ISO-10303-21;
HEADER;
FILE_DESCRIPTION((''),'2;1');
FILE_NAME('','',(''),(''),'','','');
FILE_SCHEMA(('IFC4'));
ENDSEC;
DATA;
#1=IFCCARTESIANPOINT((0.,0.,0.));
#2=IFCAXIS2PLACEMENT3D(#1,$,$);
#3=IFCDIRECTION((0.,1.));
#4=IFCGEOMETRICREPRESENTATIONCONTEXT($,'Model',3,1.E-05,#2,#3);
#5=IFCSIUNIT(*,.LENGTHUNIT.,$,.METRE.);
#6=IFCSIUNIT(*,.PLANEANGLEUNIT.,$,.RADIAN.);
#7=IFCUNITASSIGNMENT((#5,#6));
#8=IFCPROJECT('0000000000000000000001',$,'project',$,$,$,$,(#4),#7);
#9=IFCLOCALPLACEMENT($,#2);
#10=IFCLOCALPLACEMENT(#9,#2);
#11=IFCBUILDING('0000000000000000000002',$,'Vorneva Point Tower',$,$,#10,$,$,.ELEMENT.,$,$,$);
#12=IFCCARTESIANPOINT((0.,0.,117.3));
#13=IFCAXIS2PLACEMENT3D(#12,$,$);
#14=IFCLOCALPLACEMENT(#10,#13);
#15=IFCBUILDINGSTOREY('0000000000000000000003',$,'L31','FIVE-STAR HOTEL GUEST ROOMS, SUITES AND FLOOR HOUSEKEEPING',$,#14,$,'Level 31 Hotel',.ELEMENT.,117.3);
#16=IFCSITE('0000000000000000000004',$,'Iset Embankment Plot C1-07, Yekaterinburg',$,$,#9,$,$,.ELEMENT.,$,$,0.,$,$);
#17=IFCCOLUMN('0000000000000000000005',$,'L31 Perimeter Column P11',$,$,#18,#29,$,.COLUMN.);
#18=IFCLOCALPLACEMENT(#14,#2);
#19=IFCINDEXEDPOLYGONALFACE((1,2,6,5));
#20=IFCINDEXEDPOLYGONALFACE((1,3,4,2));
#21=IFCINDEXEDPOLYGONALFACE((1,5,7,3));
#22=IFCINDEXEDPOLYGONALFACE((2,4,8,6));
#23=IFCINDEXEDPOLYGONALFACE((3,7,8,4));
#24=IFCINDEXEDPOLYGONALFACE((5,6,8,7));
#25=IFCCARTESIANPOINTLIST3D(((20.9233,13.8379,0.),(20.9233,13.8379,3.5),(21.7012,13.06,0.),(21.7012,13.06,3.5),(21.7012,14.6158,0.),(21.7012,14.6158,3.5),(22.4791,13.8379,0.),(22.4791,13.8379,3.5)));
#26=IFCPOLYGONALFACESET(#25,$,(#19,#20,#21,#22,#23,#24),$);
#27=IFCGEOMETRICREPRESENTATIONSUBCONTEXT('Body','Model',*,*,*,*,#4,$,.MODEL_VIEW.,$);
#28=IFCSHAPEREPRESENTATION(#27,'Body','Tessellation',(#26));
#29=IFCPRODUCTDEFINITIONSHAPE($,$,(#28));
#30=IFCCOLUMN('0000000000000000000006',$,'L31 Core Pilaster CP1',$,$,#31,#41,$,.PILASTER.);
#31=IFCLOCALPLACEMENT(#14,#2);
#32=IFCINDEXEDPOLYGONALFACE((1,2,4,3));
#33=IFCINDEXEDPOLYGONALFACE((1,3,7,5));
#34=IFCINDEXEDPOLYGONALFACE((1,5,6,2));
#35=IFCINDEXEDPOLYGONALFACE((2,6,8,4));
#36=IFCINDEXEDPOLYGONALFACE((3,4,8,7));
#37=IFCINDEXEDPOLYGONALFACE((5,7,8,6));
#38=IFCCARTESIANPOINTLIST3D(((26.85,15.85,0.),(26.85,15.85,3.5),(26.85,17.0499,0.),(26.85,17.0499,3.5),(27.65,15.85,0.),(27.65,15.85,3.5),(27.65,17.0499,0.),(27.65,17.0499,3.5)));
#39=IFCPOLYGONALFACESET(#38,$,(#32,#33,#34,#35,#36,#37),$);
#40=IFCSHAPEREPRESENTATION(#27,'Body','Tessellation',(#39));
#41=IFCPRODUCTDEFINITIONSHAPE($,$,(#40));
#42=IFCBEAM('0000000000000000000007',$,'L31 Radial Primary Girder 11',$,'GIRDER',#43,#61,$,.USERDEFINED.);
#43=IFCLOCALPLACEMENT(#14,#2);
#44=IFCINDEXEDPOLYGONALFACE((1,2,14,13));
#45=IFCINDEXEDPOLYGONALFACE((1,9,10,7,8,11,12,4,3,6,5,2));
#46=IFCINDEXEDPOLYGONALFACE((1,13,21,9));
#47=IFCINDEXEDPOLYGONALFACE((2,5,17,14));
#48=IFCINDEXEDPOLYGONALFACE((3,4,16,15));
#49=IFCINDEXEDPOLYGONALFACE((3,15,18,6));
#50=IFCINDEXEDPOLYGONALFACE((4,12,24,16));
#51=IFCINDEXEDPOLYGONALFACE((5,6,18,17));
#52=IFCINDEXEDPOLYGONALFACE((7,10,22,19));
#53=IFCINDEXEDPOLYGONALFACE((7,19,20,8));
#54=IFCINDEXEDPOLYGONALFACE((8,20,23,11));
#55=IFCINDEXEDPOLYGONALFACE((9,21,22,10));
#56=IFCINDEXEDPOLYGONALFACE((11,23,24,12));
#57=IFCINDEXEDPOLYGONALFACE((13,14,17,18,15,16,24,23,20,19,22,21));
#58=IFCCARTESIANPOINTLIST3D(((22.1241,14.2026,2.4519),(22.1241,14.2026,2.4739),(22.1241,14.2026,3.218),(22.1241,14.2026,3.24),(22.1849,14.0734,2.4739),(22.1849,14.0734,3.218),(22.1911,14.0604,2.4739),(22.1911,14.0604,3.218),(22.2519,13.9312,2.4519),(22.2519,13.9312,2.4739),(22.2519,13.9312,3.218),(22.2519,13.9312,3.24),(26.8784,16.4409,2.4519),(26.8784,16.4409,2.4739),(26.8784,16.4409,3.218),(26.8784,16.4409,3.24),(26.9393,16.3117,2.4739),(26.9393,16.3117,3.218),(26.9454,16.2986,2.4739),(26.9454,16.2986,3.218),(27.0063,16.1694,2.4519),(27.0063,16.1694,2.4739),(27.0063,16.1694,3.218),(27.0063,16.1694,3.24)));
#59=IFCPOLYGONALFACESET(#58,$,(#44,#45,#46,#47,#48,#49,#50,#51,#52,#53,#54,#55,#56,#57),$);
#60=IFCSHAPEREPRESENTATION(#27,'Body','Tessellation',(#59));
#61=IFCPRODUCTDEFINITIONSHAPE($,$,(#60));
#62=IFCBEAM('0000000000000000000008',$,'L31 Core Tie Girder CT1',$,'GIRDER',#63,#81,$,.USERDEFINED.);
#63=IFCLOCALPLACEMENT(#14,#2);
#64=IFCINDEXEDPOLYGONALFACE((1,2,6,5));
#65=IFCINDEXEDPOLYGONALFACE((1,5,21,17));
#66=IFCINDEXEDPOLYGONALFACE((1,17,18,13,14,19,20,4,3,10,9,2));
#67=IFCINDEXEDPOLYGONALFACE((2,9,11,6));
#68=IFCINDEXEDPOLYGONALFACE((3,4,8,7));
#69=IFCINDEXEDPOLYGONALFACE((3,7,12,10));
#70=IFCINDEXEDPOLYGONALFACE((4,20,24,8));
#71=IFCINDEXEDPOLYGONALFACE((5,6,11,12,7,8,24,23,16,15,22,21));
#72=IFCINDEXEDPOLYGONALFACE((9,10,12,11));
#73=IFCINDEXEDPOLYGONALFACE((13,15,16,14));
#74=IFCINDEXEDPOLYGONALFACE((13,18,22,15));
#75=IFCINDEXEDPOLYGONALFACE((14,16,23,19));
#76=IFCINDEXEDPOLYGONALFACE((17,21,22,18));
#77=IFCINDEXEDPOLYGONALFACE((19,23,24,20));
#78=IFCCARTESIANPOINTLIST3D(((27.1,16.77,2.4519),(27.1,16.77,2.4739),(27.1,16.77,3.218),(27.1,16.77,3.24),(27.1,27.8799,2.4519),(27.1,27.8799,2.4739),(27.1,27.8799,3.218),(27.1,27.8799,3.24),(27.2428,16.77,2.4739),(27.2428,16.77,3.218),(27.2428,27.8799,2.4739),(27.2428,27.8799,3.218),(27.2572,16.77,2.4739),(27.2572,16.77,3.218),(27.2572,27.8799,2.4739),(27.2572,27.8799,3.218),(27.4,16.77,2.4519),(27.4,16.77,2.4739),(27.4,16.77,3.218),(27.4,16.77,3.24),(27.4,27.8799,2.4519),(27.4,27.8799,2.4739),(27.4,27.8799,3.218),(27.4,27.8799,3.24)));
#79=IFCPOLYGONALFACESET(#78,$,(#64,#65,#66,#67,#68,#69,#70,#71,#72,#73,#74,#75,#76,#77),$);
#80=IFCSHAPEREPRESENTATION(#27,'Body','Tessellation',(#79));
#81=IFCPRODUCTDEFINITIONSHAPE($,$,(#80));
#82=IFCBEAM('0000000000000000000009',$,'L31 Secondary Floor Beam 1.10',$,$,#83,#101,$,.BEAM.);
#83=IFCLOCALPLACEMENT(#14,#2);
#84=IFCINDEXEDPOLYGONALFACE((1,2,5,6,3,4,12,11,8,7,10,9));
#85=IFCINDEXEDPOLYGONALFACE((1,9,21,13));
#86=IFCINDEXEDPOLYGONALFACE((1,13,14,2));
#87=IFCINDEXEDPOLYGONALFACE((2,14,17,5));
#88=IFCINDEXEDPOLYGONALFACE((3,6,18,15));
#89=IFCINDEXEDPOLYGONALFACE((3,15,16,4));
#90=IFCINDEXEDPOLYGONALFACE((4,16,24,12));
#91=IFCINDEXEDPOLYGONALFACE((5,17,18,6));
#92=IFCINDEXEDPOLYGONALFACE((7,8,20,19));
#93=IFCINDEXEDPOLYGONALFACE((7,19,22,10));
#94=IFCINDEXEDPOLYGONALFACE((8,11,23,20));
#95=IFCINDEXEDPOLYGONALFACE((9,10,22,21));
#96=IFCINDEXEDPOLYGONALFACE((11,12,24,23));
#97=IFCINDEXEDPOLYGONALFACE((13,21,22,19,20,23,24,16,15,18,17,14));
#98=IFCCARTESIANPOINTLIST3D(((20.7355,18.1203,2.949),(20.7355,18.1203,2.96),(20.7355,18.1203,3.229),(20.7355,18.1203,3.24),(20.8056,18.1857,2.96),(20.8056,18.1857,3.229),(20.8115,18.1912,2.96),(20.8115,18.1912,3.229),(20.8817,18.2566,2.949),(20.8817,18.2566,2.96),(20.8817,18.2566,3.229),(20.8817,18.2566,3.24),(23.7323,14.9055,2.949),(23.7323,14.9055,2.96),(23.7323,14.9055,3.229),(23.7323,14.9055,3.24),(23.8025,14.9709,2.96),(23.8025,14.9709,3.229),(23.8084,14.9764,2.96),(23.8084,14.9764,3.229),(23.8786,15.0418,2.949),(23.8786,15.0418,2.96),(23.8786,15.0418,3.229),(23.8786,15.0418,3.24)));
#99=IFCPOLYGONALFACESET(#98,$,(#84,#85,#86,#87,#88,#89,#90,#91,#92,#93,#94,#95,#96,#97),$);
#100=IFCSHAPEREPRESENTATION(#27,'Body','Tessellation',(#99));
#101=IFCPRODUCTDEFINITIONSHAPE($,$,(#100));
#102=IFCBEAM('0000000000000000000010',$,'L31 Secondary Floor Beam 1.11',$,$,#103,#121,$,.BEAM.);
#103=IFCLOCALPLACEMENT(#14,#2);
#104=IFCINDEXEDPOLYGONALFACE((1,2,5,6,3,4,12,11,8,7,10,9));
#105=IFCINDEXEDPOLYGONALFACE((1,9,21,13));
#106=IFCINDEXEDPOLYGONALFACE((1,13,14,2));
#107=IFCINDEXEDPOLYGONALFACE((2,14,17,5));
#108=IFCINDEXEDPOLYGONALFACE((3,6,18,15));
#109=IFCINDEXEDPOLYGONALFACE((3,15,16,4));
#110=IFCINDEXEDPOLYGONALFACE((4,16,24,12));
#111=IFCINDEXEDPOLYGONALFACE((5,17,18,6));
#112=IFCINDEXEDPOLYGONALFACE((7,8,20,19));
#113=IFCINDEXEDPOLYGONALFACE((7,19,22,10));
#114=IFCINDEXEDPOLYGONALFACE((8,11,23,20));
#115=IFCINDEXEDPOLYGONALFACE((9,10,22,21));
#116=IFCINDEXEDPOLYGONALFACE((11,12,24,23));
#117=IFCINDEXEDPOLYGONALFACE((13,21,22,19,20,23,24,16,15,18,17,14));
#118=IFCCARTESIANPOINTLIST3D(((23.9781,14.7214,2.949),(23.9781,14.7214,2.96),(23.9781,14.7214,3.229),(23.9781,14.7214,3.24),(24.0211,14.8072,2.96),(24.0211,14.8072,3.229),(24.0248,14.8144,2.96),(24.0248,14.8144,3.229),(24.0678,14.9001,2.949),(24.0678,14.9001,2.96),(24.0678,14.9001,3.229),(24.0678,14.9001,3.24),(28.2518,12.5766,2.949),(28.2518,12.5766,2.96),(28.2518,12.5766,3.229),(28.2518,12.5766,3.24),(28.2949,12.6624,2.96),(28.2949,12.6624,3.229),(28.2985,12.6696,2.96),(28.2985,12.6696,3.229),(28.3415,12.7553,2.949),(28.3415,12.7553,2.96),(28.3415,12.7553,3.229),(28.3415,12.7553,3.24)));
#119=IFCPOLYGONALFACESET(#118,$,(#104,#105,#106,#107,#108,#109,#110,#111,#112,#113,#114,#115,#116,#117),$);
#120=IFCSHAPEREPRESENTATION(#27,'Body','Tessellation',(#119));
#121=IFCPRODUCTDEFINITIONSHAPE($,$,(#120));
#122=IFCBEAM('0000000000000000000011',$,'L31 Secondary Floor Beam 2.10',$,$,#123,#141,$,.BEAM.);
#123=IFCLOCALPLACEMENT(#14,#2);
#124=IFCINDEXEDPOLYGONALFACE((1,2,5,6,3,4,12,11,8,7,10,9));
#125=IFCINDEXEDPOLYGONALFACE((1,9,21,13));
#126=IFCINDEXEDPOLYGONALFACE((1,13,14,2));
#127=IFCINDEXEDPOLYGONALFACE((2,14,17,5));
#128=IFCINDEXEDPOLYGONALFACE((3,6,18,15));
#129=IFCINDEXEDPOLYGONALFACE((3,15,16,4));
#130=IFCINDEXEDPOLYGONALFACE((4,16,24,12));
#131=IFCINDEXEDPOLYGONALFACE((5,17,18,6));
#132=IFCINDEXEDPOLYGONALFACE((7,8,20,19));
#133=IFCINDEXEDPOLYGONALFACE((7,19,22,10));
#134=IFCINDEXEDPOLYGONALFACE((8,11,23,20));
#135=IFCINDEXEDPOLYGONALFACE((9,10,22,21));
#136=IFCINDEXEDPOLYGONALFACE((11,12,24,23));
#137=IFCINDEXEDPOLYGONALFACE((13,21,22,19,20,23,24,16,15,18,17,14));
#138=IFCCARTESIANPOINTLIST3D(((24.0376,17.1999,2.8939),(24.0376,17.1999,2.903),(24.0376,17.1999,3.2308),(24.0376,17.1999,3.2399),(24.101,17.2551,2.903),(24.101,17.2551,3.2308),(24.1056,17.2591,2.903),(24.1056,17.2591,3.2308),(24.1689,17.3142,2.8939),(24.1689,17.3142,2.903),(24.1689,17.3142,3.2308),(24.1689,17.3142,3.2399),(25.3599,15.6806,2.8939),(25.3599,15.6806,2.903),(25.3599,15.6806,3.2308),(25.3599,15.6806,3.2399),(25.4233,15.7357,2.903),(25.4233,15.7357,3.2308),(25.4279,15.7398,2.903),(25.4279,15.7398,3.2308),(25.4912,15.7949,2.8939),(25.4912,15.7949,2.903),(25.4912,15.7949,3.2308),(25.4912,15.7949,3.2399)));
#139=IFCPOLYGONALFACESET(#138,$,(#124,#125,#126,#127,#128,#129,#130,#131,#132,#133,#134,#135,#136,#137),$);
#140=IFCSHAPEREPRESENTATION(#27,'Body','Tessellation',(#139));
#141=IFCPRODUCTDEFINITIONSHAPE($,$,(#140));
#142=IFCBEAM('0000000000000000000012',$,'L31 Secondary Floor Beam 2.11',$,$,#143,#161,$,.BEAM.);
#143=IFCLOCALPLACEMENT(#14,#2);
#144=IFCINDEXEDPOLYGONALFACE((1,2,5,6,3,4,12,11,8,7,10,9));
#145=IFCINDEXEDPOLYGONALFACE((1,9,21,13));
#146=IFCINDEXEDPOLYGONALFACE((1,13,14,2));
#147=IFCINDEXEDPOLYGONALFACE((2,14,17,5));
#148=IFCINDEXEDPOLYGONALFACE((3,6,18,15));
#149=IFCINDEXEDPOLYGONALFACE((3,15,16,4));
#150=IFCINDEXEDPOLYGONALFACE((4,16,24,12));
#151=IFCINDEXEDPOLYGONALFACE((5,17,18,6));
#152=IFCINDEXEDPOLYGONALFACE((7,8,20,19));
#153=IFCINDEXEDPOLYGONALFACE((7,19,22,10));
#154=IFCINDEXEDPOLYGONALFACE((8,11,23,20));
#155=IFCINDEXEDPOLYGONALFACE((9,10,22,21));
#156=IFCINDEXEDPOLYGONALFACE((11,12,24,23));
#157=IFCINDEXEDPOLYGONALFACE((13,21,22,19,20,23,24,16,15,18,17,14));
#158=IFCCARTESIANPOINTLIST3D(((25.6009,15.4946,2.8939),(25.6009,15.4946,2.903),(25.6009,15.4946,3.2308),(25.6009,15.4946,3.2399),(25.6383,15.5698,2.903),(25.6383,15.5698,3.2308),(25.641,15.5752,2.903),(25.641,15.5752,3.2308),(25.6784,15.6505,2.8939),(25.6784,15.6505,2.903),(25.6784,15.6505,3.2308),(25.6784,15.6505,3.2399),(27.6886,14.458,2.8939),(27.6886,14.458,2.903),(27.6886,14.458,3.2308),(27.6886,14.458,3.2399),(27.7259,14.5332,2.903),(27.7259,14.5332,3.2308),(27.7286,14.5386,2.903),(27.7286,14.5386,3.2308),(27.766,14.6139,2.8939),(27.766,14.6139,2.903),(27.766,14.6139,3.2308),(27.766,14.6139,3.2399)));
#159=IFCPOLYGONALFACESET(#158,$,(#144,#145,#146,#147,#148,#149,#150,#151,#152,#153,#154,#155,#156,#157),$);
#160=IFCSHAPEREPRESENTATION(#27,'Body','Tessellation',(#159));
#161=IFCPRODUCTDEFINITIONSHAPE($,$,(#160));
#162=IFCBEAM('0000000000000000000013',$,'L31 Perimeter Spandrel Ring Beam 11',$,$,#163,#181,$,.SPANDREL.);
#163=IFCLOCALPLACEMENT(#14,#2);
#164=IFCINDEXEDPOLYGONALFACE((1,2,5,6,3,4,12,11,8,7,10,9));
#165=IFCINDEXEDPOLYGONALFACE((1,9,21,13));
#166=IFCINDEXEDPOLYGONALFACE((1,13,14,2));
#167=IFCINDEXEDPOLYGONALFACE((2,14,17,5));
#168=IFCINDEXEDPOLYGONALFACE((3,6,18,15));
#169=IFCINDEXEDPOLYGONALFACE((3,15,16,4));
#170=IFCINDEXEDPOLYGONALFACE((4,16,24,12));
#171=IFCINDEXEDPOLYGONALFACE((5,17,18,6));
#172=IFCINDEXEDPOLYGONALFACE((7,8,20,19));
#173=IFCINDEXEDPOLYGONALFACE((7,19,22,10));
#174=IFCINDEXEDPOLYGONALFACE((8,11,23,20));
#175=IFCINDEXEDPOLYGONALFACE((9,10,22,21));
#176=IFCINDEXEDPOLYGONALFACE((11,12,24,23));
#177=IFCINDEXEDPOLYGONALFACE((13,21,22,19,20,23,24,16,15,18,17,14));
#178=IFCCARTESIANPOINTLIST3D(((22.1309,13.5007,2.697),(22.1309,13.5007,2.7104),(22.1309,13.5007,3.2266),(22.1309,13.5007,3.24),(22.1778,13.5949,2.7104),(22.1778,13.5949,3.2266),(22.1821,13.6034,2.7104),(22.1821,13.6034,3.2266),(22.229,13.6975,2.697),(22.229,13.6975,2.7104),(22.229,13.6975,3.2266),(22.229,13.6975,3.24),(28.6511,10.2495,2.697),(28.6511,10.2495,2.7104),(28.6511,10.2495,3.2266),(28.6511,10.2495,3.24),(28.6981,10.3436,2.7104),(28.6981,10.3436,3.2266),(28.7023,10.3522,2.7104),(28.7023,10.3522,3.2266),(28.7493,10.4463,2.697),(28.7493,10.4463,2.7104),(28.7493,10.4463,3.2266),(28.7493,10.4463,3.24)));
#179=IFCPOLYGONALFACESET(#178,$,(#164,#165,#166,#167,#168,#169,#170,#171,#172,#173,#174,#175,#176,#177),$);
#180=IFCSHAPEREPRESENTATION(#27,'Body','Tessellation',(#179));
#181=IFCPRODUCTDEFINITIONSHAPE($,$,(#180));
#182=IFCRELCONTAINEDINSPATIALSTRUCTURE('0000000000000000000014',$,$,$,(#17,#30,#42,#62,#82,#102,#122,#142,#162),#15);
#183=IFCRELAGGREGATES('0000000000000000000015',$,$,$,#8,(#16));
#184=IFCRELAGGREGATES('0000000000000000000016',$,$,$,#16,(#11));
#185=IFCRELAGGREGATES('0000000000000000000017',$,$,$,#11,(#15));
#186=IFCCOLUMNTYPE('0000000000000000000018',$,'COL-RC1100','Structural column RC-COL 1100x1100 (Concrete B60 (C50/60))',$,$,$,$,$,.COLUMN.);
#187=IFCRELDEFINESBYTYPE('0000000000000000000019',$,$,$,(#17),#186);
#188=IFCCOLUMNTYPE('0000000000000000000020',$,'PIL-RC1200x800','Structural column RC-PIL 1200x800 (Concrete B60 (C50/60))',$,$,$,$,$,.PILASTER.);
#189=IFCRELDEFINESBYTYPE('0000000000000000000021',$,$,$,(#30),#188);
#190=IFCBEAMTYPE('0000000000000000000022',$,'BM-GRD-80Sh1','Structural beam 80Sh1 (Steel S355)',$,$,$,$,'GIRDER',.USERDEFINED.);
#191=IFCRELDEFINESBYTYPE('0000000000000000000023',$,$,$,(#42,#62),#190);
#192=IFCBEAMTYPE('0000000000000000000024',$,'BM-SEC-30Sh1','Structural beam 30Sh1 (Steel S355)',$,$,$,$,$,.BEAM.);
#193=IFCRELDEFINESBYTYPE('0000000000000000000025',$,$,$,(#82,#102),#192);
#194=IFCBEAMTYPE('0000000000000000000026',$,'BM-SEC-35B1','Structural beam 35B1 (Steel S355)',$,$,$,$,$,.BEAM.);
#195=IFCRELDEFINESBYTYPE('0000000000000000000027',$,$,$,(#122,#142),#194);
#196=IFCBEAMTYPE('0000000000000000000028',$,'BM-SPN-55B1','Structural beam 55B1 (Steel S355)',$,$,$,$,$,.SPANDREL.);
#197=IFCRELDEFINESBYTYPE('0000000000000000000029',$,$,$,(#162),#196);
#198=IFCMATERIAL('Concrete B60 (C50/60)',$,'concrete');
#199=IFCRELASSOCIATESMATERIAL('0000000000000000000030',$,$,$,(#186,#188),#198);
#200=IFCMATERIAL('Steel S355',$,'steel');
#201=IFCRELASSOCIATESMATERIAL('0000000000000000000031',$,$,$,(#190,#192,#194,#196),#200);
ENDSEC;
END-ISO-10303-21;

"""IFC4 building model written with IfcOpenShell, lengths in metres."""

from ifc_helpers import new_model, si_unit, direction, frame, origin, origin_2d, place, context, subcontext, project, spatial, rectangle, i_section, extrude, material, material_profile, profile_set, type_object, element, save


model = new_model("IFC4")

# Units and contexts
model_context = context("Model", 3, precision=1e-05, world=origin(), true_north=direction((0.0, 1.0)))
body_context = subcontext(model_context, "Body", "Model", "MODEL_VIEW")
ifc_project = project(units=[si_unit("LENGTHUNIT", "METRE"), si_unit("PLANEANGLEUNIT", "RADIAN")], contexts=[model_context])

# Site, building, storey
site_placement = place(None, origin())
site = spatial("IfcSite", under=ifc_project, at=site_placement, Name="Iset Embankment Plot C1-07, Yekaterinburg", CompositionType="ELEMENT", RefElevation=0.0)
building_placement = place(site_placement, origin())
building = spatial("IfcBuilding", under=site, at=building_placement, Name="Vorneva Point Tower", CompositionType="ELEMENT")
storey_placement = place(building_placement, frame((0.0, 0.0, 117.3)))
storey = spatial("IfcBuildingStorey", under=building, at=storey_placement, Name="L31", Description="FIVE-STAR HOTEL GUEST ROOMS, SUITES AND FLOOR HOUSEKEEPING", LongName="Level 31 Hotel", CompositionType="ELEMENT", Elevation=117.3)

# Columns
ifc_material_1 = material(Name="Concrete B60 (C50/60)", Category="concrete")
ifc_material_profile_1 = material_profile(ifc_material_1, rectangle(XDim=1.1001, YDim=1.1001, at=origin_2d()), Name="RC-COL 1100x1100")
ifc_profile_set_1 = profile_set([ifc_material_profile_1], Name="Concrete B60 (C50/60)")
column_type_1 = type_object("IfcColumnType", Name="COL-RC1100", Description="Structural column RC-COL 1100x1100 (Concrete B60 (C50/60))", PredefinedType="COLUMN", material=ifc_profile_set_1)
column_1_placement = place(storey_placement, frame((21.7012, 13.8379, 0.0), z_axis=(0.0, 0.0, 1.0), x_axis=(-0.707107, -0.707107, 0.0)))
element("IfcColumn", 1, at=column_1_placement, inside=storey, type_object=column_type_1, Name="L31 Perimeter Column P11", PredefinedType="COLUMN", context=body_context, shape_type="SweptSolid", body=[
    extrude(rectangle(XDim=1.1001, YDim=1.1001, at=origin_2d()), origin(), (0.0, 0.0, 1.0), 3.5),
])
ifc_material_profile_2 = material_profile(ifc_material_1, rectangle(XDim=0.8, YDim=1.2, at=origin_2d()), Name="RC-PIL 1200x800")
ifc_profile_set_2 = profile_set([ifc_material_profile_2], Name="Concrete B60 (C50/60)")
column_type_2 = type_object("IfcColumnType", Name="PIL-RC1200x800", Description="Structural column RC-PIL 1200x800 (Concrete B60 (C50/60))", PredefinedType="PILASTER", material=ifc_profile_set_2)
column_2_placement = place(storey_placement, frame((27.25, 16.45, 0.0), z_axis=(0.0, 0.0, 1.0), x_axis=(1.0, 0.0, 0.0)))
element("IfcColumn", 2, at=column_2_placement, inside=storey, type_object=column_type_2, Name="L31 Core Pilaster CP1", PredefinedType="PILASTER", context=body_context, shape_type="SweptSolid", body=[
    extrude(rectangle(XDim=0.8, YDim=1.2, at=origin_2d()), origin(), (0.0, 0.0, 1.0), 3.5),
])

# Beams
ifc_material_2 = material(Name="Steel S355", Category="steel")
ifc_material_profile_3 = material_profile(ifc_material_2, i_section(OverallWidth=0.3, OverallDepth=0.7881, WebThickness=0.0144, FlangeThickness=0.022, at=origin_2d()), Name="80Sh1")
ifc_profile_set_3 = profile_set([ifc_material_profile_3], Name="Steel S355")
beam_type_1 = type_object("IfcBeamType", Name="BM-GRD-80Sh1", Description="Structural beam 80Sh1 (Steel S355)", ElementType="GIRDER", PredefinedType="USERDEFINED", material=ifc_profile_set_3)
beam_1_placement = place(storey_placement, frame((22.188, 14.0669, 2.8459), z_axis=(0.904751, 0.42594, 0.0), x_axis=(-0.42594, 0.904751, 0.0)))
element("IfcBeam", 3, at=beam_1_placement, inside=storey, type_object=beam_type_1, Name="L31 Radial Primary Girder 11", ObjectType="GIRDER", PredefinedType="USERDEFINED", context=body_context, shape_type="SweptSolid", body=[
    extrude(i_section(OverallWidth=0.3, OverallDepth=0.7881, WebThickness=0.0144, FlangeThickness=0.022, at=origin_2d()), origin(), (0.0, 0.0, 1.0), 5.2549),
])
beam_2_placement = place(storey_placement, frame((27.25, 16.77, 2.8459), z_axis=(0.0, 1.0, 0.0), x_axis=(-1.0, 0.0, 0.0)))
element("IfcBeam", 4, at=beam_2_placement, inside=storey, type_object=beam_type_1, Name="L31 Core Tie Girder CT1", ObjectType="GIRDER", PredefinedType="USERDEFINED", context=body_context, shape_type="SweptSolid", body=[
    extrude(i_section(OverallWidth=0.3, OverallDepth=0.7881, WebThickness=0.0144, FlangeThickness=0.022, at=origin_2d()), origin(), (0.0, 0.0, 1.0), 11.1099),
])
ifc_material_profile_4 = material_profile(ifc_material_2, i_section(OverallWidth=0.2, OverallDepth=0.291, WebThickness=0.0081, FlangeThickness=0.011, at=origin_2d()), Name="30Sh1")
ifc_profile_set_4 = profile_set([ifc_material_profile_4], Name="Steel S355")
beam_type_2 = type_object("IfcBeamType", Name="BM-SEC-30Sh1", Description="Structural beam 30Sh1 (Steel S355)", PredefinedType="BEAM", material=ifc_profile_set_4)
beam_3_placement = place(storey_placement, frame((20.8086, 18.1885, 3.0945), z_axis=(0.681869, -0.731474, 0.0), x_axis=(0.731474, 0.681869, 0.0)))
element("IfcBeam", 5, at=beam_3_placement, inside=storey, type_object=beam_type_2, Name="L31 Secondary Floor Beam 1.10", PredefinedType="BEAM", context=body_context, shape_type="SweptSolid", body=[
    extrude(i_section(OverallWidth=0.2, OverallDepth=0.291, WebThickness=0.0081, FlangeThickness=0.011, at=origin_2d()), origin(), (0.0, 0.0, 1.0), 4.395),
])
beam_4_placement = place(storey_placement, frame((24.0229, 14.8108, 3.0945), z_axis=(0.893762, -0.448541, 0.0), x_axis=(0.448541, 0.893762, 0.0)))
element("IfcBeam", 6, at=beam_4_placement, inside=storey, type_object=beam_type_2, Name="L31 Secondary Floor Beam 1.11", PredefinedType="BEAM", context=body_context, shape_type="SweptSolid", body=[
    extrude(i_section(OverallWidth=0.2, OverallDepth=0.291, WebThickness=0.0081, FlangeThickness=0.011, at=origin_2d()), origin(), (0.0, 0.0, 1.0), 4.7817),
])
ifc_material_profile_5 = material_profile(ifc_material_2, i_section(OverallWidth=0.1741, OverallDepth=0.3459, WebThickness=0.0061, FlangeThickness=0.009, at=origin_2d()), Name="35B1")
ifc_profile_set_5 = profile_set([ifc_material_profile_5], Name="Steel S355")
beam_type_3 = type_object("IfcBeamType", Name="BM-SEC-35B1", Description="Structural beam 35B1 (Steel S355)", PredefinedType="BEAM", material=ifc_profile_set_5)
beam_5_placement = place(storey_placement, frame((24.1033, 17.2571, 3.0669), z_axis=(0.656503, -0.754324, 0.0), x_axis=(0.754324, 0.656503, 0.0)))
element("IfcBeam", 7, at=beam_5_placement, inside=storey, type_object=beam_type_3, Name="L31 Secondary Floor Beam 2.10", PredefinedType="BEAM", context=body_context, shape_type="SweptSolid", body=[
    extrude(i_section(OverallWidth=0.1741, OverallDepth=0.3459, WebThickness=0.0061, FlangeThickness=0.009, at=origin_2d()), origin(), (0.0, 0.0, 1.0), 2.0142),
])
beam_6_placement = place(storey_placement, frame((25.6396, 15.5725, 3.0669), z_axis=(0.89566, -0.44474, 0.0), x_axis=(0.44474, 0.89566, 0.0)))
element("IfcBeam", 8, at=beam_6_placement, inside=storey, type_object=beam_type_3, Name="L31 Secondary Floor Beam 2.11", PredefinedType="BEAM", context=body_context, shape_type="SweptSolid", body=[
    extrude(i_section(OverallWidth=0.1741, OverallDepth=0.3459, WebThickness=0.0061, FlangeThickness=0.009, at=origin_2d()), origin(), (0.0, 0.0, 1.0), 2.3308),
])
ifc_material_profile_6 = material_profile(ifc_material_2, i_section(OverallWidth=0.22, OverallDepth=0.543, WebThickness=0.0095, FlangeThickness=0.0134, at=origin_2d()), Name="55B1")
ifc_profile_set_6 = profile_set([ifc_material_profile_6], Name="Steel S355")
beam_type_4 = type_object("IfcBeamType", Name="BM-SPN-55B1", Description="Structural beam 55B1 (Steel S355)", PredefinedType="SPANDREL", material=ifc_profile_set_6)
beam_7_placement = place(storey_placement, frame((22.1799, 13.5991, 2.9685), z_axis=(0.894916, -0.446235, 0.0), x_axis=(0.446235, 0.894916, 0.0)))
element("IfcBeam", 9, at=beam_7_placement, inside=storey, type_object=beam_type_4, Name="L31 Perimeter Spandrel Ring Beam 11", PredefinedType="SPANDREL", context=body_context, shape_type="SweptSolid", body=[
    extrude(i_section(OverallWidth=0.22, OverallDepth=0.543, WebThickness=0.0095, FlangeThickness=0.0134, at=origin_2d()), origin(), (0.0, 0.0, 1.0), 7.2859),
])

save(model, "model.ifc")
